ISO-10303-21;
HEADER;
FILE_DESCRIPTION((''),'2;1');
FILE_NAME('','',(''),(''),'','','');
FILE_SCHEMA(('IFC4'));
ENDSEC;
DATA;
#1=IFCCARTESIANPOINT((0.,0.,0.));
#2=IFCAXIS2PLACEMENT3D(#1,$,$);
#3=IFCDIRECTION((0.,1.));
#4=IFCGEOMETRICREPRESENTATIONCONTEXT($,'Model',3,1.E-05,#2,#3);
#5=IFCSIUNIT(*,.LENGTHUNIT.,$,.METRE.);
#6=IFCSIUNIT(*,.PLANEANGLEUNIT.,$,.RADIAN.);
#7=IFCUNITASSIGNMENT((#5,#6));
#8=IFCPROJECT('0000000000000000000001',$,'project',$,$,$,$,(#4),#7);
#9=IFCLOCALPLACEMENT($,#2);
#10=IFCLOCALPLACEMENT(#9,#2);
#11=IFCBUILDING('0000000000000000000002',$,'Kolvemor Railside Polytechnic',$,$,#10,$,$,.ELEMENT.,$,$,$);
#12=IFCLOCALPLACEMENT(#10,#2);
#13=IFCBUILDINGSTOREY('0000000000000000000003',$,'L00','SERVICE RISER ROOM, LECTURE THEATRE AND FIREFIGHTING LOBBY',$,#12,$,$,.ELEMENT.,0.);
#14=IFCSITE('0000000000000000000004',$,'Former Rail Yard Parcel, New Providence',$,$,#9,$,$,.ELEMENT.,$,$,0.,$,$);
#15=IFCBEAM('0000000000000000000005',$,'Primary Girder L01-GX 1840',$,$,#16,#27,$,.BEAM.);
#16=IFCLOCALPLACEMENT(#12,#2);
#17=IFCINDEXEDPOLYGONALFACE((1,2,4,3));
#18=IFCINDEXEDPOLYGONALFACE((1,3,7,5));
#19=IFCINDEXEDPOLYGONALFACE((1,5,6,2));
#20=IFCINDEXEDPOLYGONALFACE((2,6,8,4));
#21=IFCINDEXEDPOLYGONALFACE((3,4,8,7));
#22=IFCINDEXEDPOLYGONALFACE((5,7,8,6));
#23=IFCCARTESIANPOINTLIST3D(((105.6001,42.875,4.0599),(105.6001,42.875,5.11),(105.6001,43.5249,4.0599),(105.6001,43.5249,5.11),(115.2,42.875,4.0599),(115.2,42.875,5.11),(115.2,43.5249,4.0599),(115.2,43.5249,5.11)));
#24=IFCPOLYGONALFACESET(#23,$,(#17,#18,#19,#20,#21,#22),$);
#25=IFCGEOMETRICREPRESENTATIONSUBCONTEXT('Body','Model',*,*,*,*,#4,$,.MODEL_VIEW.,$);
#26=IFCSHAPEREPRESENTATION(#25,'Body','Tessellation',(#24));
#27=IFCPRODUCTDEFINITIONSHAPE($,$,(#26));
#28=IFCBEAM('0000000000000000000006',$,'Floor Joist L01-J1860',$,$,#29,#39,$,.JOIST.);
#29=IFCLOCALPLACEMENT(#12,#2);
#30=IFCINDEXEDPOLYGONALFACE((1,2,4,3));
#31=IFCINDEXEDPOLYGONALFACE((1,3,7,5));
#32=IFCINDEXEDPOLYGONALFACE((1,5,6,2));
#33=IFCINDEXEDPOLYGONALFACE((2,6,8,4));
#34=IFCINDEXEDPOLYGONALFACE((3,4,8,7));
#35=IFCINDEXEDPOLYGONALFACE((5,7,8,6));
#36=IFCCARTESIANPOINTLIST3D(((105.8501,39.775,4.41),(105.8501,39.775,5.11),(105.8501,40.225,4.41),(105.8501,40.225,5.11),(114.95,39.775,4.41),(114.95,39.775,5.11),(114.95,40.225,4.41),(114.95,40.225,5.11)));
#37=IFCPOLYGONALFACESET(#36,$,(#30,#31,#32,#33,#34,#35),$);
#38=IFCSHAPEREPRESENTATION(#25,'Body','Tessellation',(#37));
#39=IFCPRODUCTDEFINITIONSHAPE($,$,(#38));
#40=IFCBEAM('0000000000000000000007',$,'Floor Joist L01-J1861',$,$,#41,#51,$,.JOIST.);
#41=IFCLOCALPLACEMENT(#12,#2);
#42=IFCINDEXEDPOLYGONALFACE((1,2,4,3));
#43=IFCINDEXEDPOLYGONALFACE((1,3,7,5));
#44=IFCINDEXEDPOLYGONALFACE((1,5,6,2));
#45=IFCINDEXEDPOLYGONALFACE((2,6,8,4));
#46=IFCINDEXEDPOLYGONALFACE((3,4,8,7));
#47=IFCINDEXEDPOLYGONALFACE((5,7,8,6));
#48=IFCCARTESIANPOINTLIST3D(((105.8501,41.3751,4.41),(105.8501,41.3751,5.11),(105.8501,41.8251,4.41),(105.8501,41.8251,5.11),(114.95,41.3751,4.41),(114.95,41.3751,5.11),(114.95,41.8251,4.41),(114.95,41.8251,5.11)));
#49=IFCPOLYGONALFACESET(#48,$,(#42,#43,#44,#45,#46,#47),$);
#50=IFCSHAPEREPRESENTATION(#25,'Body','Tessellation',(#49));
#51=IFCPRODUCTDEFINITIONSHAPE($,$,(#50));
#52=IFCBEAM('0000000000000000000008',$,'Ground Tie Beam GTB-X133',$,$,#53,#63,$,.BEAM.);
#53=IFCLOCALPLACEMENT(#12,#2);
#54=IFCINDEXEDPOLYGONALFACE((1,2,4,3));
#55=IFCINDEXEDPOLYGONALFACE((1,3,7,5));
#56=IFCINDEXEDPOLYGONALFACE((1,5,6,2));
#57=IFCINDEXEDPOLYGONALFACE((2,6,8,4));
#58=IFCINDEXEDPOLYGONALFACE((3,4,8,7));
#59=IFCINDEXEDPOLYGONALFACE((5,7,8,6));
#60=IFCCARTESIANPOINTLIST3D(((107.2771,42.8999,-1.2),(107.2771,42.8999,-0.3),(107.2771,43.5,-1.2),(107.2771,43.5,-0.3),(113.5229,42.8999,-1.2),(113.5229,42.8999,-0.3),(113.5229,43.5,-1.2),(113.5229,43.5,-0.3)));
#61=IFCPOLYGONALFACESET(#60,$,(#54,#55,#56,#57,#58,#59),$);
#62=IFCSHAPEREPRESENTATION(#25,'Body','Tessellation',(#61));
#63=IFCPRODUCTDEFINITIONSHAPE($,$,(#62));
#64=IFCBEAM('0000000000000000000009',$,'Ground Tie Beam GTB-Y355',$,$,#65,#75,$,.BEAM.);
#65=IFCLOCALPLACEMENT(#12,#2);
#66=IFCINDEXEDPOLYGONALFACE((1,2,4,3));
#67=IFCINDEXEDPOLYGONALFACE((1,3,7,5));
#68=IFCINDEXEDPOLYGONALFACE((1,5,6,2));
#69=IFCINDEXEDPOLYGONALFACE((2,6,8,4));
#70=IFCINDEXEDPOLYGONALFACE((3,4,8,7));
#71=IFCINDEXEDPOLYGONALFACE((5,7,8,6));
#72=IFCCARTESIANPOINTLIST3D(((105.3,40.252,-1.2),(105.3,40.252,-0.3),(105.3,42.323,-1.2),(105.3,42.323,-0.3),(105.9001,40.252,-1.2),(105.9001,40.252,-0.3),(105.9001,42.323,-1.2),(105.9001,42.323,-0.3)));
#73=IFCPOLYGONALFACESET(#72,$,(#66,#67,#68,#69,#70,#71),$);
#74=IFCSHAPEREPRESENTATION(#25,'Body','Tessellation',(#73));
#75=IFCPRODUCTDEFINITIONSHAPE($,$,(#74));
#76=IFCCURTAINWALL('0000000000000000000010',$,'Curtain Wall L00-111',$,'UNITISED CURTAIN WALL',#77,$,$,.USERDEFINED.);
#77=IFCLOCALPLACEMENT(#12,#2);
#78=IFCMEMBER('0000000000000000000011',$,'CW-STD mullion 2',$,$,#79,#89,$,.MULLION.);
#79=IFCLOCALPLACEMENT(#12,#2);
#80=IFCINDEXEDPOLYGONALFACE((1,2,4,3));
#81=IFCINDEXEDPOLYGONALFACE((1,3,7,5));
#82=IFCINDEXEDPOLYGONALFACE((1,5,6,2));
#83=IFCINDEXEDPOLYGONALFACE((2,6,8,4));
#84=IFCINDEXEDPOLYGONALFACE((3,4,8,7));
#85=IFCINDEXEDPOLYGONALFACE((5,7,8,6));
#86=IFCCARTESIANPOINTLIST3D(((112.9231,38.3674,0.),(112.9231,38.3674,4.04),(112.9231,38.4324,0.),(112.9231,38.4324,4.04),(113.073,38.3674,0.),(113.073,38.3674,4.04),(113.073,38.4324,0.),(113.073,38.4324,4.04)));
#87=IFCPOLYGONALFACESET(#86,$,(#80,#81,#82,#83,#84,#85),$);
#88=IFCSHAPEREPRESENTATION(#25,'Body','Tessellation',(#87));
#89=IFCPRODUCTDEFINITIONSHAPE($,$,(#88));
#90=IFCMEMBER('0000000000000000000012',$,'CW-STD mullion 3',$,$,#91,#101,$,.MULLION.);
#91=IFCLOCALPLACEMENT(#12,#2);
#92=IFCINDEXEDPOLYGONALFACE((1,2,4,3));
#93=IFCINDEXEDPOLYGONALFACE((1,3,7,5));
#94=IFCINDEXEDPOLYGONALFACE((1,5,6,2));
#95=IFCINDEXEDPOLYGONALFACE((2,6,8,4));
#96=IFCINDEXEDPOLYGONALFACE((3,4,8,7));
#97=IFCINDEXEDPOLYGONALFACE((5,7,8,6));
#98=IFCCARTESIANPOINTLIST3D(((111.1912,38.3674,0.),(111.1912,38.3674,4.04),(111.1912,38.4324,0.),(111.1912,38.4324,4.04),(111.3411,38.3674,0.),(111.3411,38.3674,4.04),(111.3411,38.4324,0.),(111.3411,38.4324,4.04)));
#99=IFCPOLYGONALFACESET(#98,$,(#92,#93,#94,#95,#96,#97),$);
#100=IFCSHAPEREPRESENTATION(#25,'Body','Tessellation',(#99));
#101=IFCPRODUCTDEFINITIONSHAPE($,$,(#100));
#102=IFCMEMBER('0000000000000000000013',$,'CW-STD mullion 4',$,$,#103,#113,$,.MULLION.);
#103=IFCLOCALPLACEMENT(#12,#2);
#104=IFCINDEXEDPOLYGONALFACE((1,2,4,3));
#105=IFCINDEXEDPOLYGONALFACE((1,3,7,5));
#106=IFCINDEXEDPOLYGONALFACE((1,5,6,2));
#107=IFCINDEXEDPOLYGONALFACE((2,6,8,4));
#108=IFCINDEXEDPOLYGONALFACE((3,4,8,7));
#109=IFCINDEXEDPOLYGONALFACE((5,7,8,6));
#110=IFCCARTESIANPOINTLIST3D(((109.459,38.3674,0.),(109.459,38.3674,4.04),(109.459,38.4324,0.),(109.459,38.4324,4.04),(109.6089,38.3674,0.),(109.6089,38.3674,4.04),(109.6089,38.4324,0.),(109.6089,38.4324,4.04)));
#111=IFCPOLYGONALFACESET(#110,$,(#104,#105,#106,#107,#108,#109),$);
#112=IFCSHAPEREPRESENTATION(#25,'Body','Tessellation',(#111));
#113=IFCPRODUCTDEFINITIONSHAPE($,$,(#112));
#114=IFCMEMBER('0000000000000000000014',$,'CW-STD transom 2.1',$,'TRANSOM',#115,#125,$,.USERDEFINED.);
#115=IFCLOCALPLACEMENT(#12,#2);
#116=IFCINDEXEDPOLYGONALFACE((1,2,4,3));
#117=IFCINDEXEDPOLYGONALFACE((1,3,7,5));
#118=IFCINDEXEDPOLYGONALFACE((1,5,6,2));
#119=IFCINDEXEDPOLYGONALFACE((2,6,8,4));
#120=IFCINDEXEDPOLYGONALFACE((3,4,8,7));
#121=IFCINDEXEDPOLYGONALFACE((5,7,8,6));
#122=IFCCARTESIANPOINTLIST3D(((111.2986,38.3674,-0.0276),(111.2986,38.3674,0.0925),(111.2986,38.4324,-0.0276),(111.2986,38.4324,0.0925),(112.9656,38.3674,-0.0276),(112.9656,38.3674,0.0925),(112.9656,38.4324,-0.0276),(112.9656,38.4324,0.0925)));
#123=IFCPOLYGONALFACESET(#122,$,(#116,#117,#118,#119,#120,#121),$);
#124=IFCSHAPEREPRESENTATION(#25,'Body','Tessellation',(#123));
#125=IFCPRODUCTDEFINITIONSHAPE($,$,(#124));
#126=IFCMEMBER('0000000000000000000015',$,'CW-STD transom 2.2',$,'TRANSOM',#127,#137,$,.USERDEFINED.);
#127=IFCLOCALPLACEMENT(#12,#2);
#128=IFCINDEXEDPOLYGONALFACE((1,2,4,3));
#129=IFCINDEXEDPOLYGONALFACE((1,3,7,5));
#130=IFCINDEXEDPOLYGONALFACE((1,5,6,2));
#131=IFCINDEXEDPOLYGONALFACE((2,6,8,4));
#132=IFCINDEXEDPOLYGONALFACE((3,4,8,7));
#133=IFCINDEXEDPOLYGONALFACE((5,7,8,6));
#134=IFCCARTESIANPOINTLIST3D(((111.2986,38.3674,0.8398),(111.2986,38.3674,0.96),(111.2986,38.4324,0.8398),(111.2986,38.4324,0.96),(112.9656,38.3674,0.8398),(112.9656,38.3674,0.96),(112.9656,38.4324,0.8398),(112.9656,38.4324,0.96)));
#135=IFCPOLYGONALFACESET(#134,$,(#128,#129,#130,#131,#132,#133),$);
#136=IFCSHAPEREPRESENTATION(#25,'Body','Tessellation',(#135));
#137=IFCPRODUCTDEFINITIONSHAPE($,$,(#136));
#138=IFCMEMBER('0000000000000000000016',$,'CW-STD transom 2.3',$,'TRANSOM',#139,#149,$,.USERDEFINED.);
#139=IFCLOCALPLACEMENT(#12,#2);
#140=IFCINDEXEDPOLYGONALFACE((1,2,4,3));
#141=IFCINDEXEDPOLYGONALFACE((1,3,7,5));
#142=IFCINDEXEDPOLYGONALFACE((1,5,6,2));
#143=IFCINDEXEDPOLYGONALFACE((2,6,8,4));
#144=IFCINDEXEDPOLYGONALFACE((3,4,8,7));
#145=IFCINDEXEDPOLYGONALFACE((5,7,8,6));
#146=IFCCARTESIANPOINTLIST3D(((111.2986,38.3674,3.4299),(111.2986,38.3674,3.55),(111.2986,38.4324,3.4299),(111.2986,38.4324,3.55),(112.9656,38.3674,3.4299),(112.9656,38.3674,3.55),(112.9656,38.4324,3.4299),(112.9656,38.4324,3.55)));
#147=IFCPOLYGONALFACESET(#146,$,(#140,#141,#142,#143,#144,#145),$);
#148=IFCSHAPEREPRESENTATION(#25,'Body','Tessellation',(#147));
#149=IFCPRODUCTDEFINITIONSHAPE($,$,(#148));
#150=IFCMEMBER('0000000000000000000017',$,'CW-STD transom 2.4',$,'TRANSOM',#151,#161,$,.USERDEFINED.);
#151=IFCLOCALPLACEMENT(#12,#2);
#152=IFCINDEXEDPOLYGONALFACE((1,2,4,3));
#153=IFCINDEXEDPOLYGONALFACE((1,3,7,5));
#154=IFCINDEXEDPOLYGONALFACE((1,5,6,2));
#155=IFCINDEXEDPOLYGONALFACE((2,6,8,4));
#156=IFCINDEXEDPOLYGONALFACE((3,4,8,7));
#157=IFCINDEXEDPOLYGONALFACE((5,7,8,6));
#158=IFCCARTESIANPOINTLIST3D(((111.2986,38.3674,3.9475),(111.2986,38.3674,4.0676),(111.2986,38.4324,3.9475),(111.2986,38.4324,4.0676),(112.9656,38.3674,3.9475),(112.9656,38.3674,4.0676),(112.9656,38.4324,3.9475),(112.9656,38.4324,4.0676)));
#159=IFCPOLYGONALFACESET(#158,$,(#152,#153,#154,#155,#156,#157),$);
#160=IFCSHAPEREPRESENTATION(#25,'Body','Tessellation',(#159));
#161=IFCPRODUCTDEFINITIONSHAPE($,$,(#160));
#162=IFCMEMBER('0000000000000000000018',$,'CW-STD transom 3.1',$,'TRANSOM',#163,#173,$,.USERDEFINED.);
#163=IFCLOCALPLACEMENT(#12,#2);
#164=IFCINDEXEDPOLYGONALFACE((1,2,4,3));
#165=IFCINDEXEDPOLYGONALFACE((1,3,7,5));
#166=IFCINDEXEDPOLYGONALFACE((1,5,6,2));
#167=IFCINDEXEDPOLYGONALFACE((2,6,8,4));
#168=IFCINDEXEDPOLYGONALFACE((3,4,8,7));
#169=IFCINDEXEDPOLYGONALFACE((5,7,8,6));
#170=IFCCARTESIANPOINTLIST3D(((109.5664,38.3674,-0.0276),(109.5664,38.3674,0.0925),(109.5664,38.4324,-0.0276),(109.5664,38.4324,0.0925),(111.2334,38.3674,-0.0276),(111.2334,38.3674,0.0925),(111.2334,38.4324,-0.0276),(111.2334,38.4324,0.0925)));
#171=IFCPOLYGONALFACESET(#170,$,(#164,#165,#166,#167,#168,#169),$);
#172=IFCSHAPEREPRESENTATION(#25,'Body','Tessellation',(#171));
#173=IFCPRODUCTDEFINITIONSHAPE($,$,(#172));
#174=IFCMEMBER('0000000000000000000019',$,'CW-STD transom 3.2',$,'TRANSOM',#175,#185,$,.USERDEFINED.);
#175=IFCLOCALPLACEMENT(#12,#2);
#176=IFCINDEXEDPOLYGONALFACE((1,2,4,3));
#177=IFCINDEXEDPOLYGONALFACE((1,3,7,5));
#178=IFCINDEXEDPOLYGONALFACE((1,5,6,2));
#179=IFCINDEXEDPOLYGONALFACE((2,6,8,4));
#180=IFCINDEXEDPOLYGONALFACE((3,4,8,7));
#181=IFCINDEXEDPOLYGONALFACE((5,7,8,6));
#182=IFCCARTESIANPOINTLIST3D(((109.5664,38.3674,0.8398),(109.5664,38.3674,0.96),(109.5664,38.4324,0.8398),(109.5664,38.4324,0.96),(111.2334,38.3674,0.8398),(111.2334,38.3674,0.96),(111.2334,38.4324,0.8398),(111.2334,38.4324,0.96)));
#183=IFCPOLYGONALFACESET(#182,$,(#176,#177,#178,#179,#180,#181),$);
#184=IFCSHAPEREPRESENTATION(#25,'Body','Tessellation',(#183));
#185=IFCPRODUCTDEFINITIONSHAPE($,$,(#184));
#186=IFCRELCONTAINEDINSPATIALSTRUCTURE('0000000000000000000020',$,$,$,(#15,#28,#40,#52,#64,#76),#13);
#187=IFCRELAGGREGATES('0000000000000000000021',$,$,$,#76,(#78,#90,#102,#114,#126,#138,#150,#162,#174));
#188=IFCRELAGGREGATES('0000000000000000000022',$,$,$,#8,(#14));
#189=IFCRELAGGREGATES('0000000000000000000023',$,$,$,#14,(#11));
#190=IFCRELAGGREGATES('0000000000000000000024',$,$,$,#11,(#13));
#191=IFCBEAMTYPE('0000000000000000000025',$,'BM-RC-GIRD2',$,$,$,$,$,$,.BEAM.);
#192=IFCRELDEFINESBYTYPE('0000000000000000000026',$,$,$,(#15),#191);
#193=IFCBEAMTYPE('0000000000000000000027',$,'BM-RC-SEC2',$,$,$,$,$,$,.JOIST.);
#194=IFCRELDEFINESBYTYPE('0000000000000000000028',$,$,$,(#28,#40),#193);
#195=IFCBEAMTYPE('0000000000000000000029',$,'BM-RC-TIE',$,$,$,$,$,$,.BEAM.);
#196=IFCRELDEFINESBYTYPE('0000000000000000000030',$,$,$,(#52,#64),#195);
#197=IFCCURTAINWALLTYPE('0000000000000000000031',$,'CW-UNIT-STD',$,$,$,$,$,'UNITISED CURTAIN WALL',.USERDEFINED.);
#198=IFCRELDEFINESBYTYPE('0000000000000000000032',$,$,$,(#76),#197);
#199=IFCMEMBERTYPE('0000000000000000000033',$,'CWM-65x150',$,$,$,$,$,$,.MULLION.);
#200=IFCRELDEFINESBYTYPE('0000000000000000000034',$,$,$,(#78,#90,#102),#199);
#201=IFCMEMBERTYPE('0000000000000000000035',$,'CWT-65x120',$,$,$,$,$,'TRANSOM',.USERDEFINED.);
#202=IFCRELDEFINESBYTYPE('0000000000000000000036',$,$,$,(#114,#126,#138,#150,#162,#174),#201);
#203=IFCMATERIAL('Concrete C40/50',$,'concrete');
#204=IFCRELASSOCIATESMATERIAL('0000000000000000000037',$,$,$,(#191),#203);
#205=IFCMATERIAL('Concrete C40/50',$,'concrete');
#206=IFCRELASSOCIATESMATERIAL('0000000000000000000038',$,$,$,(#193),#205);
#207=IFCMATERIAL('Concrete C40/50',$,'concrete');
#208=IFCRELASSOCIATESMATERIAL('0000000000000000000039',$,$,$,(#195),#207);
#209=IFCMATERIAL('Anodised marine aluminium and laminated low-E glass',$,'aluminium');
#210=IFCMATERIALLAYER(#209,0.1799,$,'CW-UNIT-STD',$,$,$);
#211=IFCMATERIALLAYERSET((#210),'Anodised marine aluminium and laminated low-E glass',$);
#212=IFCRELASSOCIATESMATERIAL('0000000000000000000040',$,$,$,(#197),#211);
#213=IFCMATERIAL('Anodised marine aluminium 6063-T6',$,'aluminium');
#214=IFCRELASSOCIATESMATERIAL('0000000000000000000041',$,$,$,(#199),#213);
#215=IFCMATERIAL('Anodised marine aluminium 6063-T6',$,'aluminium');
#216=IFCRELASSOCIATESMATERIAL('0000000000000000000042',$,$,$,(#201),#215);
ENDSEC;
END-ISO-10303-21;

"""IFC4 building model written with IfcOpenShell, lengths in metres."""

from ifc_helpers import new_model, si_unit, direction, frame, origin, origin_2d, place, context, subcontext, project, spatial, rectangle, extrude, material, layer, layer_set, material_profile, profile_set, type_object, element, aggregate, save


model = new_model("IFC4")

# Units and contexts
model_context = context("Model", 3, precision=1e-05, world=origin(), true_north=direction((0.0, 1.0)))
body_context = subcontext(model_context, "Body", "Model", "MODEL_VIEW")
ifc_project = project(units=[si_unit("LENGTHUNIT", "METRE"), si_unit("PLANEANGLEUNIT", "RADIAN")], contexts=[model_context])

# Site, building, storey
site_placement = place(None, origin())
site = spatial("IfcSite", under=ifc_project, at=site_placement, Name="Former Rail Yard Parcel, New Providence", CompositionType="ELEMENT", RefElevation=0.0)
building_placement = place(site_placement, origin())
building = spatial("IfcBuilding", under=site, at=building_placement, Name="Kolvemor Railside Polytechnic", CompositionType="ELEMENT")
storey_placement = place(building_placement, origin())
storey = spatial("IfcBuildingStorey", under=building, at=storey_placement, Name="L00", Description="SERVICE RISER ROOM, LECTURE THEATRE AND FIREFIGHTING LOBBY", CompositionType="ELEMENT", Elevation=0.0)

# Beams
ifc_material_1 = material(Name="Concrete C40/50", Category="concrete")
ifc_material_profile_1 = material_profile(ifc_material_1, rectangle(XDim=0.6499, YDim=1.05, at=origin_2d()), Name="RC650x1050")
ifc_profile_set_1 = profile_set([ifc_material_profile_1], Name="Concrete C40/50")
beam_type_1 = type_object("IfcBeamType", Name="BM-RC-GIRD2", PredefinedType="BEAM", material=ifc_profile_set_1)
beam_1_placement = place(storey_placement, frame((105.6001, 43.2, 4.585), z_axis=(1.0, 0.0, 0.0), x_axis=(0.0, 1.0, 0.0)))
element("IfcBeam", 1, at=beam_1_placement, inside=storey, type_object=beam_type_1, Name="Primary Girder L01-GX 1840", PredefinedType="BEAM", context=body_context, shape_type="SweptSolid", body=[
    extrude(rectangle(XDim=0.6499, YDim=1.05, at=origin_2d()), origin(), (0.0, 0.0, 1.0), 9.5999),
])
ifc_material_2 = material(Name="Concrete C40/50", Category="concrete")
ifc_material_profile_2 = material_profile(ifc_material_2, rectangle(XDim=0.45, YDim=0.7, at=origin_2d()), Name="RC450x700")
ifc_profile_set_2 = profile_set([ifc_material_profile_2], Name="Concrete C40/50")
beam_type_2 = type_object("IfcBeamType", Name="BM-RC-SEC2", PredefinedType="JOIST", material=ifc_profile_set_2)
for number, where, z_axis, x_axis, name in (
    (2, (105.8501, 40.0, 4.76), (1.0, 0.0, 0.0), (0.0, 1.0, 0.0), "Floor Joist L01-J1860"),
    (3, (105.8501, 41.6001, 4.76), (1.0, 0.0, 0.0), (0.0, 1.0, 0.0), "Floor Joist L01-J1861"),
):
    element("IfcBeam", number, at=place(storey_placement, frame(where, z_axis=z_axis, x_axis=x_axis)), inside=storey, type_object=beam_type_2, Name=name, PredefinedType="JOIST", context=body_context, shape_type="SweptSolid", body=[
        extrude(rectangle(XDim=0.45, YDim=0.7, at=origin_2d()), origin(), (0.0, 0.0, 1.0), 9.0999),
    ])
ifc_material_3 = material(Name="Concrete C40/50", Category="concrete")
ifc_material_profile_3 = material_profile(ifc_material_3, rectangle(XDim=0.6001, YDim=0.8999, at=origin_2d()), Name="RC600x900")
ifc_profile_set_3 = profile_set([ifc_material_profile_3], Name="Concrete C40/50")
beam_type_3 = type_object("IfcBeamType", Name="BM-RC-TIE", PredefinedType="BEAM", material=ifc_profile_set_3)
beam_2_placement = place(storey_placement, frame((107.2771, 43.2, -0.75), z_axis=(1.0, 0.0, 0.0), x_axis=(0.0, 1.0, 0.0)))
element("IfcBeam", 4, at=beam_2_placement, inside=storey, type_object=beam_type_3, Name="Ground Tie Beam GTB-X133", PredefinedType="BEAM", context=body_context, shape_type="SweptSolid", body=[
    extrude(rectangle(XDim=0.6001, YDim=0.8999, at=origin_2d()), origin(), (0.0, 0.0, 1.0), 6.2458),
])
beam_3_placement = place(storey_placement, frame((105.6001, 40.252, -0.75), z_axis=(0.0, 1.0, 0.0), x_axis=(-1.0, 0.0, 0.0)))
element("IfcBeam", 5, at=beam_3_placement, inside=storey, type_object=beam_type_3, Name="Ground Tie Beam GTB-Y355", PredefinedType="BEAM", context=body_context, shape_type="SweptSolid", body=[
    extrude(rectangle(XDim=0.6001, YDim=0.8999, at=origin_2d()), origin(), (0.0, 0.0, 1.0), 2.071),
])

# Curtain wall, members
ifc_material_4 = material(Name="Anodised marine aluminium and laminated low-E glass", Category="aluminium")
ifc_layer_1 = layer(ifc_material_4, 0.1799, Name="CW-UNIT-STD")
ifc_layer_set_1 = layer_set([ifc_layer_1], Name="Anodised marine aluminium and laminated low-E glass")
curtain_wall_type = type_object("IfcCurtainWallType", Name="CW-UNIT-STD", ElementType="UNITISED CURTAIN WALL", PredefinedType="USERDEFINED", material=ifc_layer_set_1)
curtain_wall_placement = place(storey_placement, origin())
curtain_wall = element("IfcCurtainWall", 6, at=curtain_wall_placement, inside=storey, type_object=curtain_wall_type, Name="Curtain Wall L00-111", ObjectType="UNITISED CURTAIN WALL", PredefinedType="USERDEFINED")
ifc_material_5 = material(Name="Anodised marine aluminium 6063-T6", Category="aluminium")
ifc_material_profile_4 = material_profile(ifc_material_5, rectangle(XDim=0.0649, YDim=0.1499, at=origin_2d()), Name="CW-MUL-65x150")
ifc_profile_set_4 = profile_set([ifc_material_profile_4], Name="Anodised marine aluminium 6063-T6")
member_type_1 = type_object("IfcMemberType", Name="CWM-65x150", PredefinedType="MULLION", material=ifc_profile_set_4)
member_1_placement = place(storey_placement, frame((112.998, 38.3999, 0.0), z_axis=(0.0, 0.0, 1.0), x_axis=(0.0, -1.0, 0.0)))
member_1 = element("IfcMember", 7, at=member_1_placement, type_object=member_type_1, Name="CW-STD mullion 2", PredefinedType="MULLION", context=body_context, shape_type="SweptSolid", body=[
    extrude(rectangle(XDim=0.0649, YDim=0.1499, at=origin_2d()), origin(), (0.0, 0.0, 1.0), 4.04),
])
member_2_placement = place(storey_placement, frame((111.2661, 38.3999, 0.0), z_axis=(0.0, 0.0, 1.0), x_axis=(0.0, -1.0, 0.0)))
member_2 = element("IfcMember", 8, at=member_2_placement, type_object=member_type_1, Name="CW-STD mullion 3", PredefinedType="MULLION", context=body_context, shape_type="SweptSolid", body=[
    extrude(rectangle(XDim=0.0649, YDim=0.1499, at=origin_2d()), origin(), (0.0, 0.0, 1.0), 4.04),
])
member_3_placement = place(storey_placement, frame((109.5339, 38.3999, 0.0), z_axis=(0.0, 0.0, 1.0), x_axis=(0.0, -1.0, 0.0)))
member_3 = element("IfcMember", 9, at=member_3_placement, type_object=member_type_1, Name="CW-STD mullion 4", PredefinedType="MULLION", context=body_context, shape_type="SweptSolid", body=[
    extrude(rectangle(XDim=0.0649, YDim=0.1499, at=origin_2d()), origin(), (0.0, 0.0, 1.0), 4.04),
])
ifc_material_6 = material(Name="Anodised marine aluminium 6063-T6", Category="aluminium")
ifc_material_profile_5 = material_profile(ifc_material_6, rectangle(XDim=0.0649, YDim=0.1201, at=origin_2d()), Name="CW-TRN-65x120")
ifc_profile_set_5 = profile_set([ifc_material_profile_5], Name="Anodised marine aluminium 6063-T6")
member_type_2 = type_object("IfcMemberType", Name="CWT-65x120", ElementType="TRANSOM", PredefinedType="USERDEFINED", material=ifc_profile_set_5)
member_4_placement = place(storey_placement, frame((112.9656, 38.3999, 0.0325), z_axis=(-1.0, 0.0, 0.0), x_axis=(0.0, -1.0, 0.0)))
member_4 = element("IfcMember", 10, at=member_4_placement, type_object=member_type_2, Name="CW-STD transom 2.1", ObjectType="TRANSOM", PredefinedType="USERDEFINED", context=body_context, shape_type="SweptSolid", body=[
    extrude(rectangle(XDim=0.0649, YDim=0.1201, at=origin_2d()), origin(), (0.0, 0.0, 1.0), 1.667),
])
member_5_placement = place(storey_placement, frame((112.9656, 38.3999, 0.8999), z_axis=(-1.0, 0.0, 0.0), x_axis=(0.0, -1.0, 0.0)))
member_5 = element("IfcMember", 11, at=member_5_placement, type_object=member_type_2, Name="CW-STD transom 2.2", ObjectType="TRANSOM", PredefinedType="USERDEFINED", context=body_context, shape_type="SweptSolid", body=[
    extrude(rectangle(XDim=0.0649, YDim=0.1201, at=origin_2d()), origin(), (0.0, 0.0, 1.0), 1.667),
])
member_6_placement = place(storey_placement, frame((112.9656, 38.3999, 3.49), z_axis=(-1.0, 0.0, 0.0), x_axis=(0.0, -1.0, 0.0)))
member_6 = element("IfcMember", 12, at=member_6_placement, type_object=member_type_2, Name="CW-STD transom 2.3", ObjectType="TRANSOM", PredefinedType="USERDEFINED", context=body_context, shape_type="SweptSolid", body=[
    extrude(rectangle(XDim=0.0649, YDim=0.1201, at=origin_2d()), origin(), (0.0, 0.0, 1.0), 1.667),
])
member_7_placement = place(storey_placement, frame((112.9656, 38.3999, 4.0076), z_axis=(-1.0, 0.0, 0.0), x_axis=(0.0, -1.0, 0.0)))
member_7 = element("IfcMember", 13, at=member_7_placement, type_object=member_type_2, Name="CW-STD transom 2.4", ObjectType="TRANSOM", PredefinedType="USERDEFINED", context=body_context, shape_type="SweptSolid", body=[
    extrude(rectangle(XDim=0.0649, YDim=0.1201, at=origin_2d()), origin(), (0.0, 0.0, 1.0), 1.667),
])
member_8_placement = place(storey_placement, frame((111.2334, 38.3999, 0.0325), z_axis=(-1.0, 0.0, 0.0), x_axis=(0.0, -1.0, 0.0)))
member_8 = element("IfcMember", 14, at=member_8_placement, type_object=member_type_2, Name="CW-STD transom 3.1", ObjectType="TRANSOM", PredefinedType="USERDEFINED", context=body_context, shape_type="SweptSolid", body=[
    extrude(rectangle(XDim=0.0649, YDim=0.1201, at=origin_2d()), origin(), (0.0, 0.0, 1.0), 1.667),
])
member_9_placement = place(storey_placement, frame((111.2334, 38.3999, 0.8999), z_axis=(-1.0, 0.0, 0.0), x_axis=(0.0, -1.0, 0.0)))
member_9 = element("IfcMember", 15, at=member_9_placement, type_object=member_type_2, Name="CW-STD transom 3.2", ObjectType="TRANSOM", PredefinedType="USERDEFINED", context=body_context, shape_type="SweptSolid", body=[
    extrude(rectangle(XDim=0.0649, YDim=0.1201, at=origin_2d()), origin(), (0.0, 0.0, 1.0), 1.667),
])
aggregate(curtain_wall, [member_1, member_2, member_3, member_4, member_5, member_6, member_7, member_8, member_9])

save(model, "model.ifc")
